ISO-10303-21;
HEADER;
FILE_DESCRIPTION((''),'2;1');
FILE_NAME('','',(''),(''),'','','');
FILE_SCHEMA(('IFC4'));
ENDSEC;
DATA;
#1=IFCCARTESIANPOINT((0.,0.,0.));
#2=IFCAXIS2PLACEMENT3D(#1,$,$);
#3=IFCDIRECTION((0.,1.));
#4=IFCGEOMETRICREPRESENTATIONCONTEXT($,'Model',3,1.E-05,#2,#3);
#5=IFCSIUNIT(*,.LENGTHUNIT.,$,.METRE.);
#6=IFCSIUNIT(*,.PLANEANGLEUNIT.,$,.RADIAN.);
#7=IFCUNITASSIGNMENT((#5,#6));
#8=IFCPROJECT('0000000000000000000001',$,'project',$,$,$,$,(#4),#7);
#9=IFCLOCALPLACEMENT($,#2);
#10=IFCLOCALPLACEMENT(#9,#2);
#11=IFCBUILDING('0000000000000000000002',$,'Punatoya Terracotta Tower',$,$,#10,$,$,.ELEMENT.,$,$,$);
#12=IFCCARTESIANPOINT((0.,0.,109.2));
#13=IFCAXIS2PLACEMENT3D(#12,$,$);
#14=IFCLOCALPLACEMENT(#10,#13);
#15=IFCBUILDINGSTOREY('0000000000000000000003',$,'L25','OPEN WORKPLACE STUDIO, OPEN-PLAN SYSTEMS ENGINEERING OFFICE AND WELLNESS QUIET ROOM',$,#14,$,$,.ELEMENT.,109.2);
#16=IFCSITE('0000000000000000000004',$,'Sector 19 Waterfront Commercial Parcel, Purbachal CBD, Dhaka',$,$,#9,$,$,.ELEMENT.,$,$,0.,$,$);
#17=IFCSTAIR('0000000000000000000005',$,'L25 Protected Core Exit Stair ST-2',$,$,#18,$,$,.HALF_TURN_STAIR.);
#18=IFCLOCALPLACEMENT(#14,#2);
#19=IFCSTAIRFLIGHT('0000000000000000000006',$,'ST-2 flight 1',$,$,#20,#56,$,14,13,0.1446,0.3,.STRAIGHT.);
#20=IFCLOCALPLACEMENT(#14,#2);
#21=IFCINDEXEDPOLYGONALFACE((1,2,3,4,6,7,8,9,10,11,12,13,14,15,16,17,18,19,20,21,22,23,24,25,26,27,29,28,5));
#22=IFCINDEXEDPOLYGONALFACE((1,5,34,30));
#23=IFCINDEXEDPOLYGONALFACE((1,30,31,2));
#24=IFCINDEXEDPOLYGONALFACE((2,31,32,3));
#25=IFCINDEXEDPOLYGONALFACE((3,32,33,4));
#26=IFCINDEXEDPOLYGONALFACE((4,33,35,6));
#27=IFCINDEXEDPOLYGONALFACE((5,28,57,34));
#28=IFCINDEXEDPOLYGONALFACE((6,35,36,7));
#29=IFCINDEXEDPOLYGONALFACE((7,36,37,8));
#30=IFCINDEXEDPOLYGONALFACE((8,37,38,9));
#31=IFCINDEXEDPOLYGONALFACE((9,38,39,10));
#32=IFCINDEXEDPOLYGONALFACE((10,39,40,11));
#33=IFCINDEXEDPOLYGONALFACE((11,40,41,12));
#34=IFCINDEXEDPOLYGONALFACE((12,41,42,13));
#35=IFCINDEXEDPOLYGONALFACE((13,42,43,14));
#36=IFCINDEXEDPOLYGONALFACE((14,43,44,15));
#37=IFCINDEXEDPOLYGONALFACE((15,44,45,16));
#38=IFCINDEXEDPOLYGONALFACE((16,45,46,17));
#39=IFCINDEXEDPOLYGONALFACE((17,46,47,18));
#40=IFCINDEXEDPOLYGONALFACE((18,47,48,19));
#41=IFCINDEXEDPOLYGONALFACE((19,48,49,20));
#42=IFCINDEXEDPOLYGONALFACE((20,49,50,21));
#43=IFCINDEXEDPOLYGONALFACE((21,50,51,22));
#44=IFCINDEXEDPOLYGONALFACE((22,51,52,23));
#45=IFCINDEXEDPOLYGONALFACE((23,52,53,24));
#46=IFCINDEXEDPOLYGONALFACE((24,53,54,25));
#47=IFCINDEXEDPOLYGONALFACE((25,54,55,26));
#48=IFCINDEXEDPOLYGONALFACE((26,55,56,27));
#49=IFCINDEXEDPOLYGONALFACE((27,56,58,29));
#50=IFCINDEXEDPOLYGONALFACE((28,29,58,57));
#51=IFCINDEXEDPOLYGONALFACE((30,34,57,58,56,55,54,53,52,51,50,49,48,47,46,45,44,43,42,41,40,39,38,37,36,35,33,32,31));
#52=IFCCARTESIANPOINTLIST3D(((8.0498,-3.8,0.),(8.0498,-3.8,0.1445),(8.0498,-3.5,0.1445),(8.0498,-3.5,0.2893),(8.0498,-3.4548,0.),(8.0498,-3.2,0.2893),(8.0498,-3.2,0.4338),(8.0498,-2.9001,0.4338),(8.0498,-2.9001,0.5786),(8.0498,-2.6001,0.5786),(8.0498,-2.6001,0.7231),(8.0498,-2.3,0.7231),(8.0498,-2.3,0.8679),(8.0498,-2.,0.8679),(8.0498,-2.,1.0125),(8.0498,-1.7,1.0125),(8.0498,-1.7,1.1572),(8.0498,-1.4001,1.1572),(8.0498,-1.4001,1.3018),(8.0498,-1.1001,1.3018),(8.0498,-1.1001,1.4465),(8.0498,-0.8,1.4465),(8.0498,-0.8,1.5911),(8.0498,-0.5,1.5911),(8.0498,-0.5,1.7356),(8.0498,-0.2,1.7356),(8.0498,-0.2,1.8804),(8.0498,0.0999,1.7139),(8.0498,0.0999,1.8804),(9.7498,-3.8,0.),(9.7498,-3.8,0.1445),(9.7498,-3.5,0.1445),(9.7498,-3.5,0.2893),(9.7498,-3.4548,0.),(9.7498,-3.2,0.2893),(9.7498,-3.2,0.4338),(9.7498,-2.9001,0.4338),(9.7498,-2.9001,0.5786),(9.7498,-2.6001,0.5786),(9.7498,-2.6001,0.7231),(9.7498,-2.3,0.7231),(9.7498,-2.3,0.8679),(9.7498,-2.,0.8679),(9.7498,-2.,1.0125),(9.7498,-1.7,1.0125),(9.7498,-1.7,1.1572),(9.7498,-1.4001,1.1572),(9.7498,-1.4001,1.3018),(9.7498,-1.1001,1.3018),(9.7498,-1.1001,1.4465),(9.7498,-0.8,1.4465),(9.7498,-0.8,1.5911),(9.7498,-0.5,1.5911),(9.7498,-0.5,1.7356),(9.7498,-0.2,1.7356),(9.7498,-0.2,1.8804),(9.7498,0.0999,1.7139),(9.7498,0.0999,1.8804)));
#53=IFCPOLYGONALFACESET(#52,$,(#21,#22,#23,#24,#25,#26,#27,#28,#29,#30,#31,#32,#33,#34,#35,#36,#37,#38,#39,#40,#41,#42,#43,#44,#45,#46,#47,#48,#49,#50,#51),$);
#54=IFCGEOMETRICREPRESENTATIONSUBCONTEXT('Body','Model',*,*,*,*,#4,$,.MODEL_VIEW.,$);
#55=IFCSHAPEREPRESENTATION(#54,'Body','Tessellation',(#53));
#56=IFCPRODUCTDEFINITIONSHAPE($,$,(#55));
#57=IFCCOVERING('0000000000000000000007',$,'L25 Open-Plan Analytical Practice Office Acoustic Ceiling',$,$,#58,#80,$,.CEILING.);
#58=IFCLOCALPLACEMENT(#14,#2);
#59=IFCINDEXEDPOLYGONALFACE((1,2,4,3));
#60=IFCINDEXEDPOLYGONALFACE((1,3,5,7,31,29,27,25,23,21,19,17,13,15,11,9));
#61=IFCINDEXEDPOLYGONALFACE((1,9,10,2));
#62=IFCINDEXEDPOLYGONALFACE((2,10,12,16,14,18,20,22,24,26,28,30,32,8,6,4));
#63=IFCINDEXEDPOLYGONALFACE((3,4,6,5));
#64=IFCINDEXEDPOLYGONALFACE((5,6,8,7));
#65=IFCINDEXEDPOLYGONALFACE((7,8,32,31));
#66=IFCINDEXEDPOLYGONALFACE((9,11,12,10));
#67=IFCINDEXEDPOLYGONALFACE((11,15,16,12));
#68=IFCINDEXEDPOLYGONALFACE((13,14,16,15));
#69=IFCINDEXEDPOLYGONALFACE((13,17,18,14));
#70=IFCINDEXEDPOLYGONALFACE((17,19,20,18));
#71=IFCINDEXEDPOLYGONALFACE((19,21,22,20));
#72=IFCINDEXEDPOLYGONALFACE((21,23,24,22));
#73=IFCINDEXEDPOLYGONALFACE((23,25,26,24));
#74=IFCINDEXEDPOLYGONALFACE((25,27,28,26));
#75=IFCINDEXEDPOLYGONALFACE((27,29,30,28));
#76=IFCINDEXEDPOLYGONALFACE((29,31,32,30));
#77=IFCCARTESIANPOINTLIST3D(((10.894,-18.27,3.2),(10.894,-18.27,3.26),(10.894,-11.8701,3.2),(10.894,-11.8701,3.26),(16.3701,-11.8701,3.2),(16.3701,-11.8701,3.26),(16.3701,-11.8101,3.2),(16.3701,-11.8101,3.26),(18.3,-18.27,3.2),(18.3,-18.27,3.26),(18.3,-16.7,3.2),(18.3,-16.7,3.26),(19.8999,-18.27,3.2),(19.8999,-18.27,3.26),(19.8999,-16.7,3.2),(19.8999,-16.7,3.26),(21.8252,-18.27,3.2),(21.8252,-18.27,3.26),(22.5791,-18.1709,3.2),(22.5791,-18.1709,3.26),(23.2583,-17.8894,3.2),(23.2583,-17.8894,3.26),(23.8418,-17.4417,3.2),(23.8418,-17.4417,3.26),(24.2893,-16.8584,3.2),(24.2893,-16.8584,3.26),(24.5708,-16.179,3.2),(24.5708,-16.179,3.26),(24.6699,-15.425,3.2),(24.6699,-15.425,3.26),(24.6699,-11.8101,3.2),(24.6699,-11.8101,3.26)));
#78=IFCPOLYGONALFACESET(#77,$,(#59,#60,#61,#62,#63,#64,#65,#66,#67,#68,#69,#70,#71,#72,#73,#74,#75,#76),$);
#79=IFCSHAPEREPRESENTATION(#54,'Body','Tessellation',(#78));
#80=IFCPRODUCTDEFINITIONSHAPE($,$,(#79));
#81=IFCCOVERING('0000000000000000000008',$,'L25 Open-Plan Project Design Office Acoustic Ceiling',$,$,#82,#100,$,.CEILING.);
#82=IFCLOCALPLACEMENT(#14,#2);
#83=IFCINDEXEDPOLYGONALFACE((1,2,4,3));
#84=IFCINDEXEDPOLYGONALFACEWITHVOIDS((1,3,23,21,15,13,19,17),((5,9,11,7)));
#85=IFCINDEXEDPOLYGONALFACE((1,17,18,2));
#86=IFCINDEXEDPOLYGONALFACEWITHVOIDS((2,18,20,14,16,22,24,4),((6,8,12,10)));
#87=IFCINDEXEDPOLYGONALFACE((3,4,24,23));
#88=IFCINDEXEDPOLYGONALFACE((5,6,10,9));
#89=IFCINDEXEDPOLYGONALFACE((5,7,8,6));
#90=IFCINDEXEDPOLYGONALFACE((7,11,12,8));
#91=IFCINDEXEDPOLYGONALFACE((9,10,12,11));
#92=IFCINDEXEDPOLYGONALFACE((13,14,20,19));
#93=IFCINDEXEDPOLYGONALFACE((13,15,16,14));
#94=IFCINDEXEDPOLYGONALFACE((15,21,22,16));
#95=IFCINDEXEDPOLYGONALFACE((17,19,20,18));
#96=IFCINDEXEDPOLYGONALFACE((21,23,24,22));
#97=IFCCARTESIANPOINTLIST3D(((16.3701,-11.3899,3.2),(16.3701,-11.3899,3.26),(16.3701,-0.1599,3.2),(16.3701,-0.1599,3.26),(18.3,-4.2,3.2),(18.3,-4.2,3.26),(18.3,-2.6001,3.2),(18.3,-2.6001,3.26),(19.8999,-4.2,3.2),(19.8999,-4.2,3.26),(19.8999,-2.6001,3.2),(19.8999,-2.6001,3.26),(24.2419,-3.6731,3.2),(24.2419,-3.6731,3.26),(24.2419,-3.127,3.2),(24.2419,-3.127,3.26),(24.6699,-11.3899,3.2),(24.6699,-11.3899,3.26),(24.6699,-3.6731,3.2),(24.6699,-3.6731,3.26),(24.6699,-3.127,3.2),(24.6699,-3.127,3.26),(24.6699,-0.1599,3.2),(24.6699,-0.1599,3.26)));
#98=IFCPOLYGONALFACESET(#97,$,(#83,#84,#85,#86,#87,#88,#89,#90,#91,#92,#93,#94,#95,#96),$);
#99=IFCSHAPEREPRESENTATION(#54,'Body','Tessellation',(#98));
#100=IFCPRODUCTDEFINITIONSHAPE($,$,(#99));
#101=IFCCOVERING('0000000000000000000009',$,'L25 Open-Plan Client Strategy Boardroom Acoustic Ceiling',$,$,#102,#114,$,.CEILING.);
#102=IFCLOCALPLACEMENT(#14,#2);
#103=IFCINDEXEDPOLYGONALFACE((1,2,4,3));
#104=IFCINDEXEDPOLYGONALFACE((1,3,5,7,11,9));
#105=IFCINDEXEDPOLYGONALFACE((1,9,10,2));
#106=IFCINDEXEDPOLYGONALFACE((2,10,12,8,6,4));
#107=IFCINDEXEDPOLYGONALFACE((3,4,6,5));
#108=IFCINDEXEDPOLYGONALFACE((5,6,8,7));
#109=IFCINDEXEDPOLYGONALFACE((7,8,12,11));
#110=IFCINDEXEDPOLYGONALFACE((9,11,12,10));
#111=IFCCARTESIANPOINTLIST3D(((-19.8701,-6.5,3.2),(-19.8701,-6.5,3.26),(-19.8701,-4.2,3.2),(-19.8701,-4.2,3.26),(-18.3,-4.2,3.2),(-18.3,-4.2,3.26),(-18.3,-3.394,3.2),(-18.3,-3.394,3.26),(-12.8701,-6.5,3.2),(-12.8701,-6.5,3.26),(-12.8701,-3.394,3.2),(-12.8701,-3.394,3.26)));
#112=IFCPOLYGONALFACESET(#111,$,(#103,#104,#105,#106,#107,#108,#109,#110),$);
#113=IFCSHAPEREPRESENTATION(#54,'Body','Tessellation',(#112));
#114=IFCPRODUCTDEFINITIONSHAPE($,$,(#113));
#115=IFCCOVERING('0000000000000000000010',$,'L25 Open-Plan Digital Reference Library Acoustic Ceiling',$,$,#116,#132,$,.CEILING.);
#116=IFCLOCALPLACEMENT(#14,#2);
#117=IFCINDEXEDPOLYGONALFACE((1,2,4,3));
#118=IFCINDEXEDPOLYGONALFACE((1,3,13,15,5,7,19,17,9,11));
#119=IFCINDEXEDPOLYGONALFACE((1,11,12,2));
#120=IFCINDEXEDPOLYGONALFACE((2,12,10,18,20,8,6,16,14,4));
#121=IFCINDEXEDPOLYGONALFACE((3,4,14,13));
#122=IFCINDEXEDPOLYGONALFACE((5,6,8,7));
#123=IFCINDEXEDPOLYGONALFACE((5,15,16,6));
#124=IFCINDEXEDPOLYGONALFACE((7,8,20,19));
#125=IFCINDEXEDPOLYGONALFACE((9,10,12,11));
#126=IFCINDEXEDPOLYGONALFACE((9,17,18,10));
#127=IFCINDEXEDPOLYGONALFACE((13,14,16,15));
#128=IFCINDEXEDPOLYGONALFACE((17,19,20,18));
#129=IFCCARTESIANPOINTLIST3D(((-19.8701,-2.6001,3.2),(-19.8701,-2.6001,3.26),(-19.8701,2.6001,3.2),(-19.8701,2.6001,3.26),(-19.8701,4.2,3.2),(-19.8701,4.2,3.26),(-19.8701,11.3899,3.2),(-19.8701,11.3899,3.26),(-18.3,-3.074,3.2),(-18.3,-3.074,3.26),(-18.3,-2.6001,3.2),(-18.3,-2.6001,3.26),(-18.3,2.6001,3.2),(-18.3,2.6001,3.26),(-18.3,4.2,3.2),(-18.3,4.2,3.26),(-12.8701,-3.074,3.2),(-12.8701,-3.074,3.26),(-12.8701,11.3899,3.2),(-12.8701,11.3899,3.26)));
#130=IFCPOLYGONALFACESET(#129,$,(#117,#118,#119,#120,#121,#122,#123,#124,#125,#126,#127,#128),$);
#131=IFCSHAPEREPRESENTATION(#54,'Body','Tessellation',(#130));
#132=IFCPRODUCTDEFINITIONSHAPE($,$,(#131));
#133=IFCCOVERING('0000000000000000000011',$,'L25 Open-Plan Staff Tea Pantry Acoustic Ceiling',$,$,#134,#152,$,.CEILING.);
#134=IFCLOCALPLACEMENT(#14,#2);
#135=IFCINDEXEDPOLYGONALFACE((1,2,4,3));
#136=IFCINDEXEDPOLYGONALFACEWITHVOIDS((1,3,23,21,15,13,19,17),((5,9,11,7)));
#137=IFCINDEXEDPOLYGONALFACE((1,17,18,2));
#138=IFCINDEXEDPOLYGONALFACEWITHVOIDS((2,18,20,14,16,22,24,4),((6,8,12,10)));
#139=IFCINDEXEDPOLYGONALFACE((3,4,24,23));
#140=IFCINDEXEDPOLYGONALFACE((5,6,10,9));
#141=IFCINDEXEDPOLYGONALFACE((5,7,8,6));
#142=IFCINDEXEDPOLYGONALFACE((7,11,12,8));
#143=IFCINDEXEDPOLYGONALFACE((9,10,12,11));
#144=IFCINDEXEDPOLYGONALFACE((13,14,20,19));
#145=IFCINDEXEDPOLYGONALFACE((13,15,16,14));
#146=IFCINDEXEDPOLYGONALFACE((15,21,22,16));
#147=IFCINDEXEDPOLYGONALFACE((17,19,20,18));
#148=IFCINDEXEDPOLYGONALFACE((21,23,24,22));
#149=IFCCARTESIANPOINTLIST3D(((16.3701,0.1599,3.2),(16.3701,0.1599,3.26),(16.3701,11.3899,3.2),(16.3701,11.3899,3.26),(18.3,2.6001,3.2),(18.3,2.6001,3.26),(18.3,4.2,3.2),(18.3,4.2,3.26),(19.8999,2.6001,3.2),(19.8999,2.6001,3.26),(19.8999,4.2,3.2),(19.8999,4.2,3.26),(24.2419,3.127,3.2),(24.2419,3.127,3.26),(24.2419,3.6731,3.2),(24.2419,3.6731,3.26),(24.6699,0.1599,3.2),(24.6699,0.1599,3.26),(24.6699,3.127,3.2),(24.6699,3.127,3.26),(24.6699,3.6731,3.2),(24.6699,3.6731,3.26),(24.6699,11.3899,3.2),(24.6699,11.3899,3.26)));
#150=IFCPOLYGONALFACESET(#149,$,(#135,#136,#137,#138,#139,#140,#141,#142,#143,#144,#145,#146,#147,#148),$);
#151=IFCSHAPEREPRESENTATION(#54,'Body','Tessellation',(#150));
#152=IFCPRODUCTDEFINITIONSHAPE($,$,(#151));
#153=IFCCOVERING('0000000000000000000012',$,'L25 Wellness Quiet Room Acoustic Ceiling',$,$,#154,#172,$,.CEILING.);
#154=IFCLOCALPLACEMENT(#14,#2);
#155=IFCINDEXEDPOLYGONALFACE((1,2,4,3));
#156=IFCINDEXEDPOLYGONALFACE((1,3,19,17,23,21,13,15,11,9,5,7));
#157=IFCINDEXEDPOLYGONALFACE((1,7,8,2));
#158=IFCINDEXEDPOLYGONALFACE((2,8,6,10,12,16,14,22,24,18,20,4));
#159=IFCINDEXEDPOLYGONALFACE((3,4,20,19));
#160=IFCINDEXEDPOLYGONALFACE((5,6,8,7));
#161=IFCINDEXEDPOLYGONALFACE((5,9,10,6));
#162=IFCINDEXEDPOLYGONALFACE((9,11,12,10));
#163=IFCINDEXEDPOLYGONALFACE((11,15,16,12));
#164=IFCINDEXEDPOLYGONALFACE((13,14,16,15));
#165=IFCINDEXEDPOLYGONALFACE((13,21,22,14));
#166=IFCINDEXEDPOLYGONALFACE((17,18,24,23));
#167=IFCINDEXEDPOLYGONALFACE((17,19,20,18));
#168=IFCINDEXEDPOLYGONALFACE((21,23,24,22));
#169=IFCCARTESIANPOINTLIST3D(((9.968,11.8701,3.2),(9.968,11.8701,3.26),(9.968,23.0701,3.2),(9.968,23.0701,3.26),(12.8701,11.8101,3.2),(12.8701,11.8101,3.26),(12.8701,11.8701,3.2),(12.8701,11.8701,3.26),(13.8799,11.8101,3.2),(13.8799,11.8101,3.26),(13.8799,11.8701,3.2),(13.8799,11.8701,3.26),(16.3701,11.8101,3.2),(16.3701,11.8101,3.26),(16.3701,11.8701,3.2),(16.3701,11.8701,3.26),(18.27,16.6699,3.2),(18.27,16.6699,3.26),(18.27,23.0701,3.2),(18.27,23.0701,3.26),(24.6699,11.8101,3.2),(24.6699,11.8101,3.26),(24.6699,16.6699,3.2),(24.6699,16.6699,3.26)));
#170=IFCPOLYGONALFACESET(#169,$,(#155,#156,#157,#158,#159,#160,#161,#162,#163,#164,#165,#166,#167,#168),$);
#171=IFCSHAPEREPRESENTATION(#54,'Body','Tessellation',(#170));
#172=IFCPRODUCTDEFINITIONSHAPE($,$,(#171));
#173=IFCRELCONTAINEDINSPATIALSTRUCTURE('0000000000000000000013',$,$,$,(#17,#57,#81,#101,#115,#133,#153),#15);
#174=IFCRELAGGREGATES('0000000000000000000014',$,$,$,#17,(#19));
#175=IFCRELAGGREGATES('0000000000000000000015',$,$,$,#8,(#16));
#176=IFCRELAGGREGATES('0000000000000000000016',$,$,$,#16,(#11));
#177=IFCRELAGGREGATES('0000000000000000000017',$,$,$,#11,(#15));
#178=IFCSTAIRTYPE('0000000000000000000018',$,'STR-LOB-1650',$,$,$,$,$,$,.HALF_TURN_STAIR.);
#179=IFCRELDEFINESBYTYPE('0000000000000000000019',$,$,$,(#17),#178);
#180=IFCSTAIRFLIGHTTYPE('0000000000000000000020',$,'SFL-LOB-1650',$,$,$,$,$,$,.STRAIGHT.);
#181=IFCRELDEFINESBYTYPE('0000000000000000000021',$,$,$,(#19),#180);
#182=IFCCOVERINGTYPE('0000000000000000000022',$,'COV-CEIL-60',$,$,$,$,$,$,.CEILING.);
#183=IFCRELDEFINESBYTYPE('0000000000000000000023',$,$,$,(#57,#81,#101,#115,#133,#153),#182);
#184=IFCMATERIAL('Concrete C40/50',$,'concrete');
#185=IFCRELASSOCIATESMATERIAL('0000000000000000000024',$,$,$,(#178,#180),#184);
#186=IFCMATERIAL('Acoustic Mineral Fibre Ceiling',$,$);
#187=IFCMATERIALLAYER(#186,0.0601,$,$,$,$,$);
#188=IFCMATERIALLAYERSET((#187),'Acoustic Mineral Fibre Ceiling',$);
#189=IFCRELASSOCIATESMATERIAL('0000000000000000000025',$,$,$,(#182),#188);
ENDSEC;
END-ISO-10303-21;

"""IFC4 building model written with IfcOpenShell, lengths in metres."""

from ifc_helpers import new_model, si_unit, direction, frame, origin, place, context, subcontext, project, spatial, polyline, outline, extrude, material, layer, layer_set, type_object, element, aggregate, save


model = new_model("IFC4")

# Units and contexts
model_context = context("Model", 3, precision=1e-05, world=origin(), true_north=direction((0.0, 1.0)))
body_context = subcontext(model_context, "Body", "Model", "MODEL_VIEW")
ifc_project = project(units=[si_unit("LENGTHUNIT", "METRE"), si_unit("PLANEANGLEUNIT", "RADIAN")], contexts=[model_context])

# Site, building, storey
site_placement = place(None, origin())
site = spatial("IfcSite", under=ifc_project, at=site_placement, Name="Sector 19 Waterfront Commercial Parcel, Purbachal CBD, Dhaka", CompositionType="ELEMENT", RefElevation=0.0)
building_placement = place(site_placement, origin())
building = spatial("IfcBuilding", under=site, at=building_placement, Name="Punatoya Terracotta Tower", CompositionType="ELEMENT")
storey_placement = place(building_placement, frame((0.0, 0.0, 109.2)))
storey = spatial("IfcBuildingStorey", under=building, at=storey_placement, Name="L25", Description="OPEN WORKPLACE STUDIO, OPEN-PLAN SYSTEMS ENGINEERING OFFICE AND WELLNESS QUIET ROOM", CompositionType="ELEMENT", Elevation=109.2)

# Shared definitions
ifc_material_1 = material(Name="Concrete C40/50", Category="concrete")

# Stair, stair flight
stair_type = type_object("IfcStairType", Name="STR-LOB-1650", PredefinedType="HALF_TURN_STAIR", material=ifc_material_1)
stair_placement = place(storey_placement, origin())
stair = element("IfcStair", 1, at=stair_placement, inside=storey, type_object=stair_type, Name="L25 Protected Core Exit Stair ST-2", PredefinedType="HALF_TURN_STAIR")
stair_flight_type = type_object("IfcStairFlightType", Name="SFL-LOB-1650", PredefinedType="STRAIGHT", material=ifc_material_1)
stair_flight_placement = place(storey_placement, frame((8.8999, -3.8, 0.0), z_axis=(0.0, 0.0, 1.0), x_axis=(0.0, 1.0, 0.0)))
stair_flight = element("IfcStairFlight", 2, at=stair_flight_placement, type_object=stair_flight_type, Name="ST-2 flight 1", NumberOfRisers=14, NumberOfTreads=13, PredefinedType="STRAIGHT", RiserHeight=0.1446, TreadLength=0.3, context=body_context, shape_type="SweptSolid", body=[
    extrude(outline(polyline([(0.0, 0.0), (0.0, 0.1445), (0.3, 0.1445), (0.3, 0.2893), (0.6001, 0.2893), (0.6001, 0.4338), (0.8999, 0.4338), (0.8999, 0.5786), (1.2, 0.5786), (1.2, 0.7231), (1.5, 0.7231), (1.5, 0.8679), (1.8, 0.8679), (1.8, 1.0125), (2.1001, 1.0125), (2.1001, 1.1572), (2.3999, 1.1572), (2.3999, 1.3018), (2.7, 1.3018), (2.7, 1.4465), (3.0, 1.4465), (3.0, 1.5911), (3.3, 1.5911), (3.3, 1.7356), (3.6001, 1.7356), (3.6001, 1.8804), (3.8999, 1.8804), (3.8999, 2.0249), (3.8999, 1.7139), (0.3452, 0.0), (0.0, 0.0)])), frame((0.0, 0.8501, 0.0), z_axis=(0.0, -1.0, 0.0), x_axis=(1.0, 0.0, 0.0)), (0.0, 0.0, 1.0), 1.7),
])
aggregate(stair, [stair_flight])

# Coverings
ifc_material_2 = material(Name="Acoustic Mineral Fibre Ceiling")
ifc_layer_1 = layer(ifc_material_2, 0.0601)
ifc_layer_set_1 = layer_set([ifc_layer_1], Name="Acoustic Mineral Fibre Ceiling")
covering_type = type_object("IfcCoveringType", Name="COV-CEIL-60", PredefinedType="CEILING", material=ifc_layer_set_1)
covering_1_placement = place(storey_placement, frame((0.0, 0.0, 3.2)))
element("IfcCovering", 3, at=covering_1_placement, inside=storey, type_object=covering_type, Name="L25 Open-Plan Analytical Practice Office Acoustic Ceiling", PredefinedType="CEILING", context=body_context, shape_type="SweptSolid", body=[
    extrude(outline(polyline([(16.3701, -11.8701), (10.894, -11.8701), (10.894, -18.27), (18.3, -18.27), (18.3, -16.7), (19.8999, -16.7), (19.8999, -18.27), (21.8252, -18.27), (22.5791, -18.1709), (23.2583, -17.8894), (23.8418, -17.4417), (24.2893, -16.8584), (24.5708, -16.179), (24.6699, -15.425), (24.6699, -11.8101), (16.3701, -11.8101), (16.3701, -11.8701)])), origin(), (0.0, 0.0, 1.0), 0.0601),
])
covering_2_placement = place(storey_placement, frame((0.0, 0.0, 3.2)))
element("IfcCovering", 4, at=covering_2_placement, inside=storey, type_object=covering_type, Name="L25 Open-Plan Project Design Office Acoustic Ceiling", PredefinedType="CEILING", context=body_context, shape_type="SweptSolid", body=[
    extrude(outline(polyline([(24.6699, -3.127), (24.6699, -0.1599), (16.3701, -0.1599), (16.3701, -11.3899), (24.6699, -11.3899), (24.6699, -3.6731), (24.2419, -3.6731), (24.2419, -3.127), (24.6699, -3.127)]), holes=[polyline([(19.8999, -2.6001), (19.8999, -4.2), (18.3, -4.2), (18.3, -2.6001), (19.8999, -2.6001)])]), origin(), (0.0, 0.0, 1.0), 0.0601),
])
covering_3_placement = place(storey_placement, frame((0.0, 0.0, 3.2)))
element("IfcCovering", 5, at=covering_3_placement, inside=storey, type_object=covering_type, Name="L25 Open-Plan Client Strategy Boardroom Acoustic Ceiling", PredefinedType="CEILING", context=body_context, shape_type="SweptSolid", body=[
    extrude(outline(polyline([(-12.8701, -6.5), (-12.8701, -3.394), (-18.3, -3.394), (-18.3, -4.2), (-19.8701, -4.2), (-19.8701, -6.5), (-12.8701, -6.5)])), origin(), (0.0, 0.0, 1.0), 0.0601),
])
covering_4_placement = place(storey_placement, frame((0.0, 0.0, 3.2)))
element("IfcCovering", 6, at=covering_4_placement, inside=storey, type_object=covering_type, Name="L25 Open-Plan Digital Reference Library Acoustic Ceiling", PredefinedType="CEILING", context=body_context, shape_type="SweptSolid", body=[
    extrude(outline(polyline([(-18.3, 4.2), (-18.3, 2.6001), (-19.8701, 2.6001), (-19.8701, -2.6001), (-18.3, -2.6001), (-18.3, -3.074), (-12.8701, -3.074), (-12.8701, 11.3899), (-19.8701, 11.3899), (-19.8701, 4.2), (-18.3, 4.2)])), origin(), (0.0, 0.0, 1.0), 0.0601),
])
covering_5_placement = place(storey_placement, frame((0.0, 0.0, 3.2)))
element("IfcCovering", 7, at=covering_5_placement, inside=storey, type_object=covering_type, Name="L25 Open-Plan Staff Tea Pantry Acoustic Ceiling", PredefinedType="CEILING", context=body_context, shape_type="SweptSolid", body=[
    extrude(outline(polyline([(24.6699, 3.6731), (24.6699, 11.3899), (16.3701, 11.3899), (16.3701, 0.1599), (24.6699, 0.1599), (24.6699, 3.127), (24.2419, 3.127), (24.2419, 3.6731), (24.6699, 3.6731)]), holes=[polyline([(19.8999, 2.6001), (18.3, 2.6001), (18.3, 4.2), (19.8999, 4.2), (19.8999, 2.6001)])]), origin(), (0.0, 0.0, 1.0), 0.0601),
])
covering_6_placement = place(storey_placement, frame((0.0, 0.0, 3.2)))
element("IfcCovering", 8, at=covering_6_placement, inside=storey, type_object=covering_type, Name="L25 Wellness Quiet Room Acoustic Ceiling", PredefinedType="CEILING", context=body_context, shape_type="SweptSolid", body=[
    extrude(outline(polyline([(12.8701, 11.8101), (13.8799, 11.8101), (13.8799, 11.8701), (16.3701, 11.8701), (16.3701, 11.8101), (24.6699, 11.8101), (24.6699, 16.6699), (18.27, 16.6699), (18.27, 23.0701), (9.968, 23.0701), (9.968, 11.8701), (12.8701, 11.8701), (12.8701, 11.8101)])), origin(), (0.0, 0.0, 1.0), 0.0601),
])

save(model, "model.ifc")
